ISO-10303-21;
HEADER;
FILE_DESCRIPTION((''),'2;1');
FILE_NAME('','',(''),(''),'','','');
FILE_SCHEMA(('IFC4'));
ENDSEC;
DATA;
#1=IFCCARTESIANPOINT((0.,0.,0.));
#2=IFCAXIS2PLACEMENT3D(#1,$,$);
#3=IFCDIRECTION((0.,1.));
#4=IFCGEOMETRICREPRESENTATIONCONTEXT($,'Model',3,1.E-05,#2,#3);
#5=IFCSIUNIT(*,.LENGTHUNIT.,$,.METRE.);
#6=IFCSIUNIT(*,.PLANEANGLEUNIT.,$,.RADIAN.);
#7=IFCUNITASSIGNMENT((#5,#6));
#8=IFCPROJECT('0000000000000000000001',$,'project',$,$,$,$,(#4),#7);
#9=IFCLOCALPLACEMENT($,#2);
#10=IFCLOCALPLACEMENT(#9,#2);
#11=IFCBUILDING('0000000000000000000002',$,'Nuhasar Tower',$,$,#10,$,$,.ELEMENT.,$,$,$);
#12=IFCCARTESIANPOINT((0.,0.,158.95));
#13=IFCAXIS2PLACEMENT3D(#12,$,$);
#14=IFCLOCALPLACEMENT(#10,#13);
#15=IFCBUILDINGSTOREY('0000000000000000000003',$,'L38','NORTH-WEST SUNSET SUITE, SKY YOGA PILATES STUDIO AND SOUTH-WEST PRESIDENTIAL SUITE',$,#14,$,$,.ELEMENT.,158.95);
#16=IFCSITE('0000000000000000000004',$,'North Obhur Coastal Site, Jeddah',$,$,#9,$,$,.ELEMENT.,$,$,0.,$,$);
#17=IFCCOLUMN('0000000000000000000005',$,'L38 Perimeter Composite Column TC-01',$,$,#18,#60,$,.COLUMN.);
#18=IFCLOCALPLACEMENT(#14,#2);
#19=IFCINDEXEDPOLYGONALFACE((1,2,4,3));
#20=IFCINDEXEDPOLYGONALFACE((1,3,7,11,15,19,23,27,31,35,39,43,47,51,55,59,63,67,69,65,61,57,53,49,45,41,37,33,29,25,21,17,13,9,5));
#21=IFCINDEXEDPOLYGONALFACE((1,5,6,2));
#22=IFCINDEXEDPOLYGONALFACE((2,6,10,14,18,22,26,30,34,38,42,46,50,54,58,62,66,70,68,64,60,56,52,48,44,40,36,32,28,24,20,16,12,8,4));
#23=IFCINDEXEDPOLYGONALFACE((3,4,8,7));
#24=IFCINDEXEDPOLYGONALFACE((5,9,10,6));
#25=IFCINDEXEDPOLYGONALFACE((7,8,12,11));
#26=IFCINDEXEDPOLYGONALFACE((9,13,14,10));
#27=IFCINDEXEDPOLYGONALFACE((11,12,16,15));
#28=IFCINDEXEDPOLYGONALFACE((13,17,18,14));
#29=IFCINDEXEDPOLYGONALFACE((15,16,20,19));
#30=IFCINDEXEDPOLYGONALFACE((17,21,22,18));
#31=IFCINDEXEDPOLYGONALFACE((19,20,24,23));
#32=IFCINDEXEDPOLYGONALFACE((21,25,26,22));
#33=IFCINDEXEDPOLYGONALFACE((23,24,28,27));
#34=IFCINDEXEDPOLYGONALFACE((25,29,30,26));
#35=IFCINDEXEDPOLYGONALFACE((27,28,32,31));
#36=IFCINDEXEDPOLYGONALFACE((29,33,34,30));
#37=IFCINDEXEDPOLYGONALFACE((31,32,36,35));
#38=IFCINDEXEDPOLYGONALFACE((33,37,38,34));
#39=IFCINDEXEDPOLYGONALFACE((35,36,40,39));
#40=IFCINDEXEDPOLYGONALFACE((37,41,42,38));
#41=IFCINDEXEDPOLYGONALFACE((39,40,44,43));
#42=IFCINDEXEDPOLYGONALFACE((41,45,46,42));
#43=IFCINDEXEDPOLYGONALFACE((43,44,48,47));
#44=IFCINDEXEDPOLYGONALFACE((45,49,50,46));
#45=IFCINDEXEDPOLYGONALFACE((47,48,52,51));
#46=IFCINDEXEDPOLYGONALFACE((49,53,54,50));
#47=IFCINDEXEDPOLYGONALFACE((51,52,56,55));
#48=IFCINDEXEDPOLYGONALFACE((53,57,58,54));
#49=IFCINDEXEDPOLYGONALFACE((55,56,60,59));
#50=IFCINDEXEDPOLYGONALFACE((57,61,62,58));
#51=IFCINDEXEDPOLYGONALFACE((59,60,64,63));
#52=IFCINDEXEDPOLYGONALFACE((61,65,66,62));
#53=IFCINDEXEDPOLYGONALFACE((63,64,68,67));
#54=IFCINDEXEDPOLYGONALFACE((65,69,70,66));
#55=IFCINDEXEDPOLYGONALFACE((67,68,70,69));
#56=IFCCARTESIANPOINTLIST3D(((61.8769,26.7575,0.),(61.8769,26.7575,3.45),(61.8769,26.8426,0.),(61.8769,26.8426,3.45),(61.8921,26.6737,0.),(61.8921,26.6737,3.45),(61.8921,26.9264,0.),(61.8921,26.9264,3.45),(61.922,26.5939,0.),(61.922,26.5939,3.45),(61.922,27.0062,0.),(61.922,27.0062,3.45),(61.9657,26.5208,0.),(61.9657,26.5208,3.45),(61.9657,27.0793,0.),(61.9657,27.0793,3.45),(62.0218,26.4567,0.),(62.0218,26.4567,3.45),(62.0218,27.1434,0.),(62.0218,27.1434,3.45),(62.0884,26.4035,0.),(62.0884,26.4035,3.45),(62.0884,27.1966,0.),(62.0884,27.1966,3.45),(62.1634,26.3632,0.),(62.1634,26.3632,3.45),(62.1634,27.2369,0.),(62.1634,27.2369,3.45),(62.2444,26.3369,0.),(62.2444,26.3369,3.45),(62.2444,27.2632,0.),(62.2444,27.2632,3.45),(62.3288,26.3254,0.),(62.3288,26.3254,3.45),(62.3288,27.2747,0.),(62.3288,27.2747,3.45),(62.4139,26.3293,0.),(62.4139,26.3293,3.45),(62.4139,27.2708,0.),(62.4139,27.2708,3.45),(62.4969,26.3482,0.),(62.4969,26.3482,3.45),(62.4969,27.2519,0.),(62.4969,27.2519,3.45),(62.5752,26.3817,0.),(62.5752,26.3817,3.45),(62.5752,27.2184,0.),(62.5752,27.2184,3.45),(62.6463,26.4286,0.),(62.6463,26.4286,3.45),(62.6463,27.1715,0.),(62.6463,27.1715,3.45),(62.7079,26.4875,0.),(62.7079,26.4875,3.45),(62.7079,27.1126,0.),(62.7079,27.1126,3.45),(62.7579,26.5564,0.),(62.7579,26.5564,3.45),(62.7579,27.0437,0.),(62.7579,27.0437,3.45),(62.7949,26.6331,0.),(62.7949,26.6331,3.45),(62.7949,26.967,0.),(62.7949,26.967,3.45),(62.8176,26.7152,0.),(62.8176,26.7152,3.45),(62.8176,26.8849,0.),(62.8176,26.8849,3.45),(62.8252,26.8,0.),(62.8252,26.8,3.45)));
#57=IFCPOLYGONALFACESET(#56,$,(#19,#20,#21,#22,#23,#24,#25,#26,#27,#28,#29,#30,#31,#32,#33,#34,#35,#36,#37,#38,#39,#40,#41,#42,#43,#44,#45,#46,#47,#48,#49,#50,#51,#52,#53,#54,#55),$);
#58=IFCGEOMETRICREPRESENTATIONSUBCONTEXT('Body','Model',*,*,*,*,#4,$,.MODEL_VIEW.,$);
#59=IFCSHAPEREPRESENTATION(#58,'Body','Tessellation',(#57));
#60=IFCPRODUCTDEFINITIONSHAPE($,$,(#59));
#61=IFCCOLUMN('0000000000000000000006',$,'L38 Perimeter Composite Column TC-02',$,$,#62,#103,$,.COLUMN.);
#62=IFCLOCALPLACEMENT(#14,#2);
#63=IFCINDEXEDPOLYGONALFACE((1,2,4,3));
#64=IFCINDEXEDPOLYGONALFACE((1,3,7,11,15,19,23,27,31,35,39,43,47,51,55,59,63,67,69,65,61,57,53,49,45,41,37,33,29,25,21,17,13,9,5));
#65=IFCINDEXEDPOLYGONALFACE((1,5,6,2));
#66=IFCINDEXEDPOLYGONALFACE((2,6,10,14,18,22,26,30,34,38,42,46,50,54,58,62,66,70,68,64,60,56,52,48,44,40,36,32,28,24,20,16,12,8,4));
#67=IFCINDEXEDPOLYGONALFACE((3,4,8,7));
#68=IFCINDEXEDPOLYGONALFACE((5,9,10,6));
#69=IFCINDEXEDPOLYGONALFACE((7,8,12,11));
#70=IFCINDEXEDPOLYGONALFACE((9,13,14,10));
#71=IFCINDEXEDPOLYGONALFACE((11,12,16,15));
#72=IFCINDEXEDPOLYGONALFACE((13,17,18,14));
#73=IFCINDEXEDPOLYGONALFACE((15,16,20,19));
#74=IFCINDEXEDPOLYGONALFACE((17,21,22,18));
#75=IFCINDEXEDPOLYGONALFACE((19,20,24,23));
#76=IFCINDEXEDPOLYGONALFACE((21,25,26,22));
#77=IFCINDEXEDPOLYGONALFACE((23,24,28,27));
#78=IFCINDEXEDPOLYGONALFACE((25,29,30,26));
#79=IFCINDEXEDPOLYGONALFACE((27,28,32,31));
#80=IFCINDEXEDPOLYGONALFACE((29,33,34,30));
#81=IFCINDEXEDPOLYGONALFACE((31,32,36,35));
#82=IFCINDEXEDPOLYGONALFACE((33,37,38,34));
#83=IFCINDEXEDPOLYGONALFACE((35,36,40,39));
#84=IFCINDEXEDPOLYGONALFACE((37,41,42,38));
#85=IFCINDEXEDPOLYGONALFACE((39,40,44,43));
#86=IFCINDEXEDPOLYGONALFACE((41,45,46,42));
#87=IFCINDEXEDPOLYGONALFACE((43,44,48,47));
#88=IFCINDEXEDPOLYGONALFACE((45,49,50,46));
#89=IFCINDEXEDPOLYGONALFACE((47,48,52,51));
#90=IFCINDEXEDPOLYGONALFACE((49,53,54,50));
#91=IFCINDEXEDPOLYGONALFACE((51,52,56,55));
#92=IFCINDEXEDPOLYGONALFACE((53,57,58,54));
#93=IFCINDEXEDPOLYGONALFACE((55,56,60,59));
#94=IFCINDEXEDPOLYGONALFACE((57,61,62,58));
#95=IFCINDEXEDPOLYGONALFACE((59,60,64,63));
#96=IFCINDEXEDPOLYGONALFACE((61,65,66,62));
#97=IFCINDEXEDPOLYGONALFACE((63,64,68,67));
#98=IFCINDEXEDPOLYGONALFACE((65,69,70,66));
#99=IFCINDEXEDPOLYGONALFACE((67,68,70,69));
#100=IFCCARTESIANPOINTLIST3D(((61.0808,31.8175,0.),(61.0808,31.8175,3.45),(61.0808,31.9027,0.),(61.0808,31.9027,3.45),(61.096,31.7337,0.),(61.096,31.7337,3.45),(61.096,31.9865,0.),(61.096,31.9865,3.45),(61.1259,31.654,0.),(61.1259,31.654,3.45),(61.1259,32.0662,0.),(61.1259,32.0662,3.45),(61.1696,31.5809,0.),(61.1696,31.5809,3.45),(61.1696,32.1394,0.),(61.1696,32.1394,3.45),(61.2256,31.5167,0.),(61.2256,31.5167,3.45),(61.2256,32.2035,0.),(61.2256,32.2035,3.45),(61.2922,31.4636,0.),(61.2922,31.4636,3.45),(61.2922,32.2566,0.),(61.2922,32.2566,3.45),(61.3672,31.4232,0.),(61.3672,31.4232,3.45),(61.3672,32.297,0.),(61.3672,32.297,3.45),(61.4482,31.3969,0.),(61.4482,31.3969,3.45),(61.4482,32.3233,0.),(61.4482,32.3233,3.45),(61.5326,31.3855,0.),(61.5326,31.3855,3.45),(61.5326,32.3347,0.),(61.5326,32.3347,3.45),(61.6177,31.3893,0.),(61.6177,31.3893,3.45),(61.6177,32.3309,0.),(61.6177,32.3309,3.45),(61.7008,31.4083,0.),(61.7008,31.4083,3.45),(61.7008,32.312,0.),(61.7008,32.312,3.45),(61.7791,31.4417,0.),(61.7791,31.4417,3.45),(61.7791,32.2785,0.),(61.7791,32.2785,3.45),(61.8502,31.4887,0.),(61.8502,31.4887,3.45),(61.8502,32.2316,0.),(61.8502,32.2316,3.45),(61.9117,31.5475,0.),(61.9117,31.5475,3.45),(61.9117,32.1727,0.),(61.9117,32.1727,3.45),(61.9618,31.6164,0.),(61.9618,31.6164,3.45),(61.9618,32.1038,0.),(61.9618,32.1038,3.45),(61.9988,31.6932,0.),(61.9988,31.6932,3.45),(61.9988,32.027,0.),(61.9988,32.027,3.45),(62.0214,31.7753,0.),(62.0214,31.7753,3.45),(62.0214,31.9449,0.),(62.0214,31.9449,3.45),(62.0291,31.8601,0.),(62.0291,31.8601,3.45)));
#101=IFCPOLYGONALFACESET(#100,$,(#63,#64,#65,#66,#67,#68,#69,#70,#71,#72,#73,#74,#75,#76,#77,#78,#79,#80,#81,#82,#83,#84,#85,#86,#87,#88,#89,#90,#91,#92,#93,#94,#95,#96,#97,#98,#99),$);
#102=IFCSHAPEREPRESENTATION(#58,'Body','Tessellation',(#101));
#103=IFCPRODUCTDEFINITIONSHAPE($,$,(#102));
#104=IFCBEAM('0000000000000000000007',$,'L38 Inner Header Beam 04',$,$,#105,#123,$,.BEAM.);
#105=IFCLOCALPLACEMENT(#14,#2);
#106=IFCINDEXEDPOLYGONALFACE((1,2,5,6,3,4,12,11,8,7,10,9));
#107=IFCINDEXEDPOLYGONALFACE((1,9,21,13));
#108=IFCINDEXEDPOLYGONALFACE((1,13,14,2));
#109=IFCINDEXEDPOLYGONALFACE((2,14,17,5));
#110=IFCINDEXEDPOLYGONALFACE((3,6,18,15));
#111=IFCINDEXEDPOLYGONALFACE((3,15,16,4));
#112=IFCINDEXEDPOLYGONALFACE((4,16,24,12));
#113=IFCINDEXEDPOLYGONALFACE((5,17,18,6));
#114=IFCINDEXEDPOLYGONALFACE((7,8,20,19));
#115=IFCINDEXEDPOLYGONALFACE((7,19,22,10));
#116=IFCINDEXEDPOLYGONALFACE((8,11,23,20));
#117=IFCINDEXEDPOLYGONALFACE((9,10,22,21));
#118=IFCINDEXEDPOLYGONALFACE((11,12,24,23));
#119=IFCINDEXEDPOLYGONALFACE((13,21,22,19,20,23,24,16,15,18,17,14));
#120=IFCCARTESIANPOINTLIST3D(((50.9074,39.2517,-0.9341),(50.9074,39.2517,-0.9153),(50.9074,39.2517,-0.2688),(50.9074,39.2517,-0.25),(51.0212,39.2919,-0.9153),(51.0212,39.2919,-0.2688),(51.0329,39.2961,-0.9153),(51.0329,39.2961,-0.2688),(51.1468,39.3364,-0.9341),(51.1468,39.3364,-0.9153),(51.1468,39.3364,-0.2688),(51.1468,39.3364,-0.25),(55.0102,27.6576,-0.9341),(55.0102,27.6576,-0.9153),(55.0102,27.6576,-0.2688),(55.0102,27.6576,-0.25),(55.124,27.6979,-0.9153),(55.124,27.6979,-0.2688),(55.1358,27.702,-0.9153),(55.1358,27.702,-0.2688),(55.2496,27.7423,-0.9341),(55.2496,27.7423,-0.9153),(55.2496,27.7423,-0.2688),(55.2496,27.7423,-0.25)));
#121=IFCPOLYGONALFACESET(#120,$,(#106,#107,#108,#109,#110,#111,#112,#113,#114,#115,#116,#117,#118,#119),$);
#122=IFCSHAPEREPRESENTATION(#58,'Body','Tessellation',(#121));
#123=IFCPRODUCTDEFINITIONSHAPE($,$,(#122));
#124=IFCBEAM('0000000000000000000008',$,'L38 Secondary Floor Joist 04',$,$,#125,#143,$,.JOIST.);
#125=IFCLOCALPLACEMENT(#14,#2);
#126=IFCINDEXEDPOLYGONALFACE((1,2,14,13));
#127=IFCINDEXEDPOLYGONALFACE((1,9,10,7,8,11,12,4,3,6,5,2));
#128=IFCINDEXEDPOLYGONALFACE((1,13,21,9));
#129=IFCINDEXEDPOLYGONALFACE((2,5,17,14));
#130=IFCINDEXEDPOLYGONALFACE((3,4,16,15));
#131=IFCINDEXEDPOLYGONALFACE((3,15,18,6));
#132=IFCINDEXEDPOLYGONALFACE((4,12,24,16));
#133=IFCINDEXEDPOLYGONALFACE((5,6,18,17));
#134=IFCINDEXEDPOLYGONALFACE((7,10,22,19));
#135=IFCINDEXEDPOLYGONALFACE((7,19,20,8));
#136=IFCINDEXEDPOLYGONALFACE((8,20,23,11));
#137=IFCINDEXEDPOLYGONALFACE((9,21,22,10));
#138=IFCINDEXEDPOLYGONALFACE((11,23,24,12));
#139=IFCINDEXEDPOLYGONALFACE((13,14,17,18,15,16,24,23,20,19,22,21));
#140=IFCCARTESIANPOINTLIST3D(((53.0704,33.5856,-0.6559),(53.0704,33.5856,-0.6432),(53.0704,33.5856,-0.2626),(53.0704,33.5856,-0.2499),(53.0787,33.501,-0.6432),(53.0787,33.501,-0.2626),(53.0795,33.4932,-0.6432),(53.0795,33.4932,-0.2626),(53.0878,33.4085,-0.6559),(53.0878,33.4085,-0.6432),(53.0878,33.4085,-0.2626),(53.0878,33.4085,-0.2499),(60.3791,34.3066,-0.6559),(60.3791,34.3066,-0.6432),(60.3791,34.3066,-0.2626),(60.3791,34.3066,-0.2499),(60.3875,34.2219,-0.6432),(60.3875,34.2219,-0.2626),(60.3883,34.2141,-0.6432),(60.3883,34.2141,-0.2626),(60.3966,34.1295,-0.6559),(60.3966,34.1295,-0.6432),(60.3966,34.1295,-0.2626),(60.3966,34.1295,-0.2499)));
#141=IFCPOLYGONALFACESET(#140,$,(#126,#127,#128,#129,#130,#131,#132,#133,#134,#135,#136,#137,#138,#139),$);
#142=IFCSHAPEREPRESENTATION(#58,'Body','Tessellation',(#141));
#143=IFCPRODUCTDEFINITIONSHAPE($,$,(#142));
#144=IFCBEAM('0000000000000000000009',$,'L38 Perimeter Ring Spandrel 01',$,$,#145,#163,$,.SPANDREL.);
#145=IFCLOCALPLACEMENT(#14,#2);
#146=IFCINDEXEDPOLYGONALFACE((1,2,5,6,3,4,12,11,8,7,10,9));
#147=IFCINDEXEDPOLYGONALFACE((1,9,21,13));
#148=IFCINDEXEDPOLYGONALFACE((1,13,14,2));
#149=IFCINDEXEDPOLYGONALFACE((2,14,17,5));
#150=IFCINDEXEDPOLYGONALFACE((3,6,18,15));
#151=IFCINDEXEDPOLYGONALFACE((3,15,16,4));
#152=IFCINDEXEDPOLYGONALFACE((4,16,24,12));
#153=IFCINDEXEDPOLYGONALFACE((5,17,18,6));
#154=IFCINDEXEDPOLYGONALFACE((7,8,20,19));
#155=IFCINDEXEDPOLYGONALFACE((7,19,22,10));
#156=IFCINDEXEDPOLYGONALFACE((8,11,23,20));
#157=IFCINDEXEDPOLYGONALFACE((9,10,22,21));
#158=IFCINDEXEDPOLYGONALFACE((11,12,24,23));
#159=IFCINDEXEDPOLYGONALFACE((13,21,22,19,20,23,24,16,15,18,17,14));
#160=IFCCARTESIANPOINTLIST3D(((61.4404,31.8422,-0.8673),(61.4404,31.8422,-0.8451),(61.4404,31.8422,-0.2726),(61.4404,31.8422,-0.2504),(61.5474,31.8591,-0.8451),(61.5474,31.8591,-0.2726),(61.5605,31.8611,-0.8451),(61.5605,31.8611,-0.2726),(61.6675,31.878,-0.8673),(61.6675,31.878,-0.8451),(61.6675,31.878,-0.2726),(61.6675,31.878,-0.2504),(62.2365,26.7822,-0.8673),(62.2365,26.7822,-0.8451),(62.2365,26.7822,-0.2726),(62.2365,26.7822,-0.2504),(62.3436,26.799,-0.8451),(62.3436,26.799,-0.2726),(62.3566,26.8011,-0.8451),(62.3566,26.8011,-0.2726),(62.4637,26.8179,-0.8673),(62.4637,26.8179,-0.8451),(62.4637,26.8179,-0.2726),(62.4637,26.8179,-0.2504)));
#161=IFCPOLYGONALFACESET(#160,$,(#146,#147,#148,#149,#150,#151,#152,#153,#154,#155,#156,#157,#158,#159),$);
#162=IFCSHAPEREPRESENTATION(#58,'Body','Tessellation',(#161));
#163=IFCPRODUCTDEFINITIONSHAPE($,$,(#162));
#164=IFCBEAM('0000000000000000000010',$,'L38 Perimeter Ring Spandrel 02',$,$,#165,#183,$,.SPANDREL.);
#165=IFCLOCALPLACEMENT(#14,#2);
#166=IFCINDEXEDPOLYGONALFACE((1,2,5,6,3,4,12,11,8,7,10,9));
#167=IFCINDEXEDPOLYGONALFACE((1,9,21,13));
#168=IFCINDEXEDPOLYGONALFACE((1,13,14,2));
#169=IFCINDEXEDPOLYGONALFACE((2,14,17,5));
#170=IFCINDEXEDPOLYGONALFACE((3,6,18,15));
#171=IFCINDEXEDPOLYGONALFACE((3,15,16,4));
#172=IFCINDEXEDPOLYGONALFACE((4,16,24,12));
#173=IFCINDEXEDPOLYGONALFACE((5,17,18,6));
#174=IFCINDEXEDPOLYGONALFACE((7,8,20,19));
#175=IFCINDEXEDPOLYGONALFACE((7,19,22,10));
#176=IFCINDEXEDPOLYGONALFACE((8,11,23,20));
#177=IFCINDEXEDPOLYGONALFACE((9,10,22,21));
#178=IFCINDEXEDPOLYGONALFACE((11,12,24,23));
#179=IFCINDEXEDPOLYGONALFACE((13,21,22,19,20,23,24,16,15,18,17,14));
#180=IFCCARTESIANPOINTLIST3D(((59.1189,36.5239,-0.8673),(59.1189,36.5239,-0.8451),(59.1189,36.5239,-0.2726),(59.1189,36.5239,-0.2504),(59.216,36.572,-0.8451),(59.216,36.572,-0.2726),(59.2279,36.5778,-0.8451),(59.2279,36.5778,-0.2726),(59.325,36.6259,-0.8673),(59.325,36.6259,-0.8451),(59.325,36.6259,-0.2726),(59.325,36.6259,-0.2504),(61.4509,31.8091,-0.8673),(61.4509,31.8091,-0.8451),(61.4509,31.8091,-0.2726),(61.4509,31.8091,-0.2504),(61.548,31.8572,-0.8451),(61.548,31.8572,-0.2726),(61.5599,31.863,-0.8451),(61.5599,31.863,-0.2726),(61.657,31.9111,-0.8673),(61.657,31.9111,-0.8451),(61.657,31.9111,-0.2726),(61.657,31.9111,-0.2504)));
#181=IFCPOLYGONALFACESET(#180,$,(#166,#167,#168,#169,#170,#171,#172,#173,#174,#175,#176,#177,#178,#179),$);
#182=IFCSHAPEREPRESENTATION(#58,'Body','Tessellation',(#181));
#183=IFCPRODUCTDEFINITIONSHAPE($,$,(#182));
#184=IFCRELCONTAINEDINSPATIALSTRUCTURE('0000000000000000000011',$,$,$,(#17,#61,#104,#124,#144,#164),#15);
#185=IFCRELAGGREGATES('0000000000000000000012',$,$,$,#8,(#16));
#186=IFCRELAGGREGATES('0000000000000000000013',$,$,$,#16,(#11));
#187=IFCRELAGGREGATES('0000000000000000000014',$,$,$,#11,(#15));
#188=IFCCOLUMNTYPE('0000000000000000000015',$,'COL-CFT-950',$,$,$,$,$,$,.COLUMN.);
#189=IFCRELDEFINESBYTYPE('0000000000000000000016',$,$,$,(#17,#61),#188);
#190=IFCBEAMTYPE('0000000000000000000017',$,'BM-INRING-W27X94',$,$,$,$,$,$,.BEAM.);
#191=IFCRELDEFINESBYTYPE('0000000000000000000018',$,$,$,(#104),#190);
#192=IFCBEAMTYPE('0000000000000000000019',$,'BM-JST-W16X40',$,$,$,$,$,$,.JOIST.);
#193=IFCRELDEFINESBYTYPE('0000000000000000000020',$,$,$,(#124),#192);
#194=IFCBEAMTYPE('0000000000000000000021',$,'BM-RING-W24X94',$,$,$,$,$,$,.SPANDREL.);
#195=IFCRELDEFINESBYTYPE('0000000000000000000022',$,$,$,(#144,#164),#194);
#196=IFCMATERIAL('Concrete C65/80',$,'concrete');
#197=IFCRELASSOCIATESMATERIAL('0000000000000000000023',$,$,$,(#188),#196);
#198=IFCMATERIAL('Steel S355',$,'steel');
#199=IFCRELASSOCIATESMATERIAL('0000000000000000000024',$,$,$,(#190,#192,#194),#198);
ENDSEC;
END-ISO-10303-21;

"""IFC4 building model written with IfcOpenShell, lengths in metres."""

from ifc_helpers import new_model, si_unit, direction, frame, origin, origin_2d, place, context, subcontext, project, spatial, circle, i_section, extrude, material, material_profile, profile_set, type_object, element, save


model = new_model("IFC4")

# Units and contexts
model_context = context("Model", 3, precision=1e-05, world=origin(), true_north=direction((0.0, 1.0)))
body_context = subcontext(model_context, "Body", "Model", "MODEL_VIEW")
ifc_project = project(units=[si_unit("LENGTHUNIT", "METRE"), si_unit("PLANEANGLEUNIT", "RADIAN")], contexts=[model_context])

# Site, building, storey
site_placement = place(None, origin())
site = spatial("IfcSite", under=ifc_project, at=site_placement, Name="North Obhur Coastal Site, Jeddah", CompositionType="ELEMENT", RefElevation=0.0)
building_placement = place(site_placement, origin())
building = spatial("IfcBuilding", under=site, at=building_placement, Name="Nuhasar Tower", CompositionType="ELEMENT")
storey_placement = place(building_placement, frame((0.0, 0.0, 158.95)))
storey = spatial("IfcBuildingStorey", under=building, at=storey_placement, Name="L38", Description="NORTH-WEST SUNSET SUITE, SKY YOGA PILATES STUDIO AND SOUTH-WEST PRESIDENTIAL SUITE", CompositionType="ELEMENT", Elevation=158.95)

# Columns
ifc_material_1 = material(Name="Concrete C65/80", Category="concrete")
ifc_material_profile_1 = material_profile(ifc_material_1, circle(Radius=0.4751, at=origin_2d()), Name="CFT950")
ifc_profile_set_1 = profile_set([ifc_material_profile_1], Name="Concrete C65/80")
column_type = type_object("IfcColumnType", Name="COL-CFT-950", PredefinedType="COLUMN", material=ifc_profile_set_1)
for number, where, z_axis, x_axis, name in (
    (1, (62.3501, 26.8, 0.0), (0.0, 0.0, 1.0), (1.0, 0.0, 0.0), "L38 Perimeter Composite Column TC-01"),
    (2, (61.554, 31.8601, 0.0), (0.0, 0.0, 1.0), (1.0, 0.0, 0.0), "L38 Perimeter Composite Column TC-02"),
):
    element("IfcColumn", number, at=place(storey_placement, frame(where, z_axis=z_axis, x_axis=x_axis)), inside=storey, type_object=column_type, Name=name, PredefinedType="COLUMN", context=body_context, shape_type="SweptSolid", body=[
        extrude(circle(Radius=0.4751, at=origin_2d()), origin(), (0.0, 0.0, 1.0), 3.45),
    ])

# Beams
ifc_material_2 = material(Name="Steel S355", Category="steel")
ifc_material_profile_2 = material_profile(ifc_material_2, i_section(OverallWidth=0.2539, OverallDepth=0.6841, WebThickness=0.0125, FlangeThickness=0.0188, at=origin_2d()), Name="W27X94")
ifc_profile_set_2 = profile_set([ifc_material_profile_2], Name="Steel S355")
beam_type_1 = type_object("IfcBeamType", Name="BM-INRING-W27X94", PredefinedType="BEAM", material=ifc_profile_set_2)
beam_1_placement = place(storey_placement, frame((55.1299, 27.7, -0.592), z_axis=(-0.3336, 0.942715, 0.0), x_axis=(-0.942715, -0.3336, 0.0)))
element("IfcBeam", 3, at=beam_1_placement, inside=storey, type_object=beam_type_1, Name="L38 Inner Header Beam 04", PredefinedType="BEAM", context=body_context, shape_type="SweptSolid", body=[
    extrude(i_section(OverallWidth=0.2539, OverallDepth=0.6841, WebThickness=0.0125, FlangeThickness=0.0188, at=origin_2d()), origin(), (0.0, 0.0, 1.0), 12.2986),
])
ifc_material_profile_3 = material_profile(ifc_material_2, i_section(OverallWidth=0.178, OverallDepth=0.406, WebThickness=0.0078, FlangeThickness=0.0127, at=origin_2d()), Name="W16X40")
ifc_profile_set_3 = profile_set([ifc_material_profile_3], Name="Steel S355")
beam_type_2 = type_object("IfcBeamType", Name="BM-JST-W16X40", PredefinedType="JOIST", material=ifc_profile_set_3)
beam_2_placement = place(storey_placement, frame((53.0791, 33.4971, -0.4529), z_axis=(0.99517, 0.098164, 0.0), x_axis=(-0.098164, 0.99517, 0.0)))
element("IfcBeam", 4, at=beam_2_placement, inside=storey, type_object=beam_type_2, Name="L38 Secondary Floor Joist 04", PredefinedType="JOIST", context=body_context, shape_type="SweptSolid", body=[
    extrude(i_section(OverallWidth=0.178, OverallDepth=0.406, WebThickness=0.0078, FlangeThickness=0.0127, at=origin_2d()), origin(), (0.0, 0.0, 1.0), 7.3442),
])
ifc_material_profile_4 = material_profile(ifc_material_2, i_section(OverallWidth=0.23, OverallDepth=0.6169, WebThickness=0.0132, FlangeThickness=0.0222, at=origin_2d()), Name="W24X94")
ifc_profile_set_4 = profile_set([ifc_material_profile_4], Name="Steel S355")
beam_type_3 = type_object("IfcBeamType", Name="BM-RING-W24X94", PredefinedType="SPANDREL", material=ifc_profile_set_4)
beam_3_placement = place(storey_placement, frame((62.3501, 26.8, -0.5588), z_axis=(-0.155427, 0.987847, 0.0), x_axis=(-0.987847, -0.155427, 0.0)))
element("IfcBeam", 5, at=beam_3_placement, inside=storey, type_object=beam_type_3, Name="L38 Perimeter Ring Spandrel 01", PredefinedType="SPANDREL", context=body_context, shape_type="SweptSolid", body=[
    extrude(i_section(OverallWidth=0.23, OverallDepth=0.6169, WebThickness=0.0132, FlangeThickness=0.0222, at=origin_2d()), origin(), (0.0, 0.0, 1.0), 5.1223),
])
beam_4_placement = place(storey_placement, frame((61.554, 31.8601, -0.5588), z_axis=(-0.443348, 0.89635, 0.0), x_axis=(-0.89635, -0.443348, 0.0)))
element("IfcBeam", 6, at=beam_4_placement, inside=storey, type_object=beam_type_3, Name="L38 Perimeter Ring Spandrel 02", PredefinedType="SPANDREL", context=body_context, shape_type="SweptSolid", body=[
    extrude(i_section(OverallWidth=0.23, OverallDepth=0.6169, WebThickness=0.0132, FlangeThickness=0.0222, at=origin_2d()), origin(), (0.0, 0.0, 1.0), 5.26),
])

save(model, "model.ifc")
